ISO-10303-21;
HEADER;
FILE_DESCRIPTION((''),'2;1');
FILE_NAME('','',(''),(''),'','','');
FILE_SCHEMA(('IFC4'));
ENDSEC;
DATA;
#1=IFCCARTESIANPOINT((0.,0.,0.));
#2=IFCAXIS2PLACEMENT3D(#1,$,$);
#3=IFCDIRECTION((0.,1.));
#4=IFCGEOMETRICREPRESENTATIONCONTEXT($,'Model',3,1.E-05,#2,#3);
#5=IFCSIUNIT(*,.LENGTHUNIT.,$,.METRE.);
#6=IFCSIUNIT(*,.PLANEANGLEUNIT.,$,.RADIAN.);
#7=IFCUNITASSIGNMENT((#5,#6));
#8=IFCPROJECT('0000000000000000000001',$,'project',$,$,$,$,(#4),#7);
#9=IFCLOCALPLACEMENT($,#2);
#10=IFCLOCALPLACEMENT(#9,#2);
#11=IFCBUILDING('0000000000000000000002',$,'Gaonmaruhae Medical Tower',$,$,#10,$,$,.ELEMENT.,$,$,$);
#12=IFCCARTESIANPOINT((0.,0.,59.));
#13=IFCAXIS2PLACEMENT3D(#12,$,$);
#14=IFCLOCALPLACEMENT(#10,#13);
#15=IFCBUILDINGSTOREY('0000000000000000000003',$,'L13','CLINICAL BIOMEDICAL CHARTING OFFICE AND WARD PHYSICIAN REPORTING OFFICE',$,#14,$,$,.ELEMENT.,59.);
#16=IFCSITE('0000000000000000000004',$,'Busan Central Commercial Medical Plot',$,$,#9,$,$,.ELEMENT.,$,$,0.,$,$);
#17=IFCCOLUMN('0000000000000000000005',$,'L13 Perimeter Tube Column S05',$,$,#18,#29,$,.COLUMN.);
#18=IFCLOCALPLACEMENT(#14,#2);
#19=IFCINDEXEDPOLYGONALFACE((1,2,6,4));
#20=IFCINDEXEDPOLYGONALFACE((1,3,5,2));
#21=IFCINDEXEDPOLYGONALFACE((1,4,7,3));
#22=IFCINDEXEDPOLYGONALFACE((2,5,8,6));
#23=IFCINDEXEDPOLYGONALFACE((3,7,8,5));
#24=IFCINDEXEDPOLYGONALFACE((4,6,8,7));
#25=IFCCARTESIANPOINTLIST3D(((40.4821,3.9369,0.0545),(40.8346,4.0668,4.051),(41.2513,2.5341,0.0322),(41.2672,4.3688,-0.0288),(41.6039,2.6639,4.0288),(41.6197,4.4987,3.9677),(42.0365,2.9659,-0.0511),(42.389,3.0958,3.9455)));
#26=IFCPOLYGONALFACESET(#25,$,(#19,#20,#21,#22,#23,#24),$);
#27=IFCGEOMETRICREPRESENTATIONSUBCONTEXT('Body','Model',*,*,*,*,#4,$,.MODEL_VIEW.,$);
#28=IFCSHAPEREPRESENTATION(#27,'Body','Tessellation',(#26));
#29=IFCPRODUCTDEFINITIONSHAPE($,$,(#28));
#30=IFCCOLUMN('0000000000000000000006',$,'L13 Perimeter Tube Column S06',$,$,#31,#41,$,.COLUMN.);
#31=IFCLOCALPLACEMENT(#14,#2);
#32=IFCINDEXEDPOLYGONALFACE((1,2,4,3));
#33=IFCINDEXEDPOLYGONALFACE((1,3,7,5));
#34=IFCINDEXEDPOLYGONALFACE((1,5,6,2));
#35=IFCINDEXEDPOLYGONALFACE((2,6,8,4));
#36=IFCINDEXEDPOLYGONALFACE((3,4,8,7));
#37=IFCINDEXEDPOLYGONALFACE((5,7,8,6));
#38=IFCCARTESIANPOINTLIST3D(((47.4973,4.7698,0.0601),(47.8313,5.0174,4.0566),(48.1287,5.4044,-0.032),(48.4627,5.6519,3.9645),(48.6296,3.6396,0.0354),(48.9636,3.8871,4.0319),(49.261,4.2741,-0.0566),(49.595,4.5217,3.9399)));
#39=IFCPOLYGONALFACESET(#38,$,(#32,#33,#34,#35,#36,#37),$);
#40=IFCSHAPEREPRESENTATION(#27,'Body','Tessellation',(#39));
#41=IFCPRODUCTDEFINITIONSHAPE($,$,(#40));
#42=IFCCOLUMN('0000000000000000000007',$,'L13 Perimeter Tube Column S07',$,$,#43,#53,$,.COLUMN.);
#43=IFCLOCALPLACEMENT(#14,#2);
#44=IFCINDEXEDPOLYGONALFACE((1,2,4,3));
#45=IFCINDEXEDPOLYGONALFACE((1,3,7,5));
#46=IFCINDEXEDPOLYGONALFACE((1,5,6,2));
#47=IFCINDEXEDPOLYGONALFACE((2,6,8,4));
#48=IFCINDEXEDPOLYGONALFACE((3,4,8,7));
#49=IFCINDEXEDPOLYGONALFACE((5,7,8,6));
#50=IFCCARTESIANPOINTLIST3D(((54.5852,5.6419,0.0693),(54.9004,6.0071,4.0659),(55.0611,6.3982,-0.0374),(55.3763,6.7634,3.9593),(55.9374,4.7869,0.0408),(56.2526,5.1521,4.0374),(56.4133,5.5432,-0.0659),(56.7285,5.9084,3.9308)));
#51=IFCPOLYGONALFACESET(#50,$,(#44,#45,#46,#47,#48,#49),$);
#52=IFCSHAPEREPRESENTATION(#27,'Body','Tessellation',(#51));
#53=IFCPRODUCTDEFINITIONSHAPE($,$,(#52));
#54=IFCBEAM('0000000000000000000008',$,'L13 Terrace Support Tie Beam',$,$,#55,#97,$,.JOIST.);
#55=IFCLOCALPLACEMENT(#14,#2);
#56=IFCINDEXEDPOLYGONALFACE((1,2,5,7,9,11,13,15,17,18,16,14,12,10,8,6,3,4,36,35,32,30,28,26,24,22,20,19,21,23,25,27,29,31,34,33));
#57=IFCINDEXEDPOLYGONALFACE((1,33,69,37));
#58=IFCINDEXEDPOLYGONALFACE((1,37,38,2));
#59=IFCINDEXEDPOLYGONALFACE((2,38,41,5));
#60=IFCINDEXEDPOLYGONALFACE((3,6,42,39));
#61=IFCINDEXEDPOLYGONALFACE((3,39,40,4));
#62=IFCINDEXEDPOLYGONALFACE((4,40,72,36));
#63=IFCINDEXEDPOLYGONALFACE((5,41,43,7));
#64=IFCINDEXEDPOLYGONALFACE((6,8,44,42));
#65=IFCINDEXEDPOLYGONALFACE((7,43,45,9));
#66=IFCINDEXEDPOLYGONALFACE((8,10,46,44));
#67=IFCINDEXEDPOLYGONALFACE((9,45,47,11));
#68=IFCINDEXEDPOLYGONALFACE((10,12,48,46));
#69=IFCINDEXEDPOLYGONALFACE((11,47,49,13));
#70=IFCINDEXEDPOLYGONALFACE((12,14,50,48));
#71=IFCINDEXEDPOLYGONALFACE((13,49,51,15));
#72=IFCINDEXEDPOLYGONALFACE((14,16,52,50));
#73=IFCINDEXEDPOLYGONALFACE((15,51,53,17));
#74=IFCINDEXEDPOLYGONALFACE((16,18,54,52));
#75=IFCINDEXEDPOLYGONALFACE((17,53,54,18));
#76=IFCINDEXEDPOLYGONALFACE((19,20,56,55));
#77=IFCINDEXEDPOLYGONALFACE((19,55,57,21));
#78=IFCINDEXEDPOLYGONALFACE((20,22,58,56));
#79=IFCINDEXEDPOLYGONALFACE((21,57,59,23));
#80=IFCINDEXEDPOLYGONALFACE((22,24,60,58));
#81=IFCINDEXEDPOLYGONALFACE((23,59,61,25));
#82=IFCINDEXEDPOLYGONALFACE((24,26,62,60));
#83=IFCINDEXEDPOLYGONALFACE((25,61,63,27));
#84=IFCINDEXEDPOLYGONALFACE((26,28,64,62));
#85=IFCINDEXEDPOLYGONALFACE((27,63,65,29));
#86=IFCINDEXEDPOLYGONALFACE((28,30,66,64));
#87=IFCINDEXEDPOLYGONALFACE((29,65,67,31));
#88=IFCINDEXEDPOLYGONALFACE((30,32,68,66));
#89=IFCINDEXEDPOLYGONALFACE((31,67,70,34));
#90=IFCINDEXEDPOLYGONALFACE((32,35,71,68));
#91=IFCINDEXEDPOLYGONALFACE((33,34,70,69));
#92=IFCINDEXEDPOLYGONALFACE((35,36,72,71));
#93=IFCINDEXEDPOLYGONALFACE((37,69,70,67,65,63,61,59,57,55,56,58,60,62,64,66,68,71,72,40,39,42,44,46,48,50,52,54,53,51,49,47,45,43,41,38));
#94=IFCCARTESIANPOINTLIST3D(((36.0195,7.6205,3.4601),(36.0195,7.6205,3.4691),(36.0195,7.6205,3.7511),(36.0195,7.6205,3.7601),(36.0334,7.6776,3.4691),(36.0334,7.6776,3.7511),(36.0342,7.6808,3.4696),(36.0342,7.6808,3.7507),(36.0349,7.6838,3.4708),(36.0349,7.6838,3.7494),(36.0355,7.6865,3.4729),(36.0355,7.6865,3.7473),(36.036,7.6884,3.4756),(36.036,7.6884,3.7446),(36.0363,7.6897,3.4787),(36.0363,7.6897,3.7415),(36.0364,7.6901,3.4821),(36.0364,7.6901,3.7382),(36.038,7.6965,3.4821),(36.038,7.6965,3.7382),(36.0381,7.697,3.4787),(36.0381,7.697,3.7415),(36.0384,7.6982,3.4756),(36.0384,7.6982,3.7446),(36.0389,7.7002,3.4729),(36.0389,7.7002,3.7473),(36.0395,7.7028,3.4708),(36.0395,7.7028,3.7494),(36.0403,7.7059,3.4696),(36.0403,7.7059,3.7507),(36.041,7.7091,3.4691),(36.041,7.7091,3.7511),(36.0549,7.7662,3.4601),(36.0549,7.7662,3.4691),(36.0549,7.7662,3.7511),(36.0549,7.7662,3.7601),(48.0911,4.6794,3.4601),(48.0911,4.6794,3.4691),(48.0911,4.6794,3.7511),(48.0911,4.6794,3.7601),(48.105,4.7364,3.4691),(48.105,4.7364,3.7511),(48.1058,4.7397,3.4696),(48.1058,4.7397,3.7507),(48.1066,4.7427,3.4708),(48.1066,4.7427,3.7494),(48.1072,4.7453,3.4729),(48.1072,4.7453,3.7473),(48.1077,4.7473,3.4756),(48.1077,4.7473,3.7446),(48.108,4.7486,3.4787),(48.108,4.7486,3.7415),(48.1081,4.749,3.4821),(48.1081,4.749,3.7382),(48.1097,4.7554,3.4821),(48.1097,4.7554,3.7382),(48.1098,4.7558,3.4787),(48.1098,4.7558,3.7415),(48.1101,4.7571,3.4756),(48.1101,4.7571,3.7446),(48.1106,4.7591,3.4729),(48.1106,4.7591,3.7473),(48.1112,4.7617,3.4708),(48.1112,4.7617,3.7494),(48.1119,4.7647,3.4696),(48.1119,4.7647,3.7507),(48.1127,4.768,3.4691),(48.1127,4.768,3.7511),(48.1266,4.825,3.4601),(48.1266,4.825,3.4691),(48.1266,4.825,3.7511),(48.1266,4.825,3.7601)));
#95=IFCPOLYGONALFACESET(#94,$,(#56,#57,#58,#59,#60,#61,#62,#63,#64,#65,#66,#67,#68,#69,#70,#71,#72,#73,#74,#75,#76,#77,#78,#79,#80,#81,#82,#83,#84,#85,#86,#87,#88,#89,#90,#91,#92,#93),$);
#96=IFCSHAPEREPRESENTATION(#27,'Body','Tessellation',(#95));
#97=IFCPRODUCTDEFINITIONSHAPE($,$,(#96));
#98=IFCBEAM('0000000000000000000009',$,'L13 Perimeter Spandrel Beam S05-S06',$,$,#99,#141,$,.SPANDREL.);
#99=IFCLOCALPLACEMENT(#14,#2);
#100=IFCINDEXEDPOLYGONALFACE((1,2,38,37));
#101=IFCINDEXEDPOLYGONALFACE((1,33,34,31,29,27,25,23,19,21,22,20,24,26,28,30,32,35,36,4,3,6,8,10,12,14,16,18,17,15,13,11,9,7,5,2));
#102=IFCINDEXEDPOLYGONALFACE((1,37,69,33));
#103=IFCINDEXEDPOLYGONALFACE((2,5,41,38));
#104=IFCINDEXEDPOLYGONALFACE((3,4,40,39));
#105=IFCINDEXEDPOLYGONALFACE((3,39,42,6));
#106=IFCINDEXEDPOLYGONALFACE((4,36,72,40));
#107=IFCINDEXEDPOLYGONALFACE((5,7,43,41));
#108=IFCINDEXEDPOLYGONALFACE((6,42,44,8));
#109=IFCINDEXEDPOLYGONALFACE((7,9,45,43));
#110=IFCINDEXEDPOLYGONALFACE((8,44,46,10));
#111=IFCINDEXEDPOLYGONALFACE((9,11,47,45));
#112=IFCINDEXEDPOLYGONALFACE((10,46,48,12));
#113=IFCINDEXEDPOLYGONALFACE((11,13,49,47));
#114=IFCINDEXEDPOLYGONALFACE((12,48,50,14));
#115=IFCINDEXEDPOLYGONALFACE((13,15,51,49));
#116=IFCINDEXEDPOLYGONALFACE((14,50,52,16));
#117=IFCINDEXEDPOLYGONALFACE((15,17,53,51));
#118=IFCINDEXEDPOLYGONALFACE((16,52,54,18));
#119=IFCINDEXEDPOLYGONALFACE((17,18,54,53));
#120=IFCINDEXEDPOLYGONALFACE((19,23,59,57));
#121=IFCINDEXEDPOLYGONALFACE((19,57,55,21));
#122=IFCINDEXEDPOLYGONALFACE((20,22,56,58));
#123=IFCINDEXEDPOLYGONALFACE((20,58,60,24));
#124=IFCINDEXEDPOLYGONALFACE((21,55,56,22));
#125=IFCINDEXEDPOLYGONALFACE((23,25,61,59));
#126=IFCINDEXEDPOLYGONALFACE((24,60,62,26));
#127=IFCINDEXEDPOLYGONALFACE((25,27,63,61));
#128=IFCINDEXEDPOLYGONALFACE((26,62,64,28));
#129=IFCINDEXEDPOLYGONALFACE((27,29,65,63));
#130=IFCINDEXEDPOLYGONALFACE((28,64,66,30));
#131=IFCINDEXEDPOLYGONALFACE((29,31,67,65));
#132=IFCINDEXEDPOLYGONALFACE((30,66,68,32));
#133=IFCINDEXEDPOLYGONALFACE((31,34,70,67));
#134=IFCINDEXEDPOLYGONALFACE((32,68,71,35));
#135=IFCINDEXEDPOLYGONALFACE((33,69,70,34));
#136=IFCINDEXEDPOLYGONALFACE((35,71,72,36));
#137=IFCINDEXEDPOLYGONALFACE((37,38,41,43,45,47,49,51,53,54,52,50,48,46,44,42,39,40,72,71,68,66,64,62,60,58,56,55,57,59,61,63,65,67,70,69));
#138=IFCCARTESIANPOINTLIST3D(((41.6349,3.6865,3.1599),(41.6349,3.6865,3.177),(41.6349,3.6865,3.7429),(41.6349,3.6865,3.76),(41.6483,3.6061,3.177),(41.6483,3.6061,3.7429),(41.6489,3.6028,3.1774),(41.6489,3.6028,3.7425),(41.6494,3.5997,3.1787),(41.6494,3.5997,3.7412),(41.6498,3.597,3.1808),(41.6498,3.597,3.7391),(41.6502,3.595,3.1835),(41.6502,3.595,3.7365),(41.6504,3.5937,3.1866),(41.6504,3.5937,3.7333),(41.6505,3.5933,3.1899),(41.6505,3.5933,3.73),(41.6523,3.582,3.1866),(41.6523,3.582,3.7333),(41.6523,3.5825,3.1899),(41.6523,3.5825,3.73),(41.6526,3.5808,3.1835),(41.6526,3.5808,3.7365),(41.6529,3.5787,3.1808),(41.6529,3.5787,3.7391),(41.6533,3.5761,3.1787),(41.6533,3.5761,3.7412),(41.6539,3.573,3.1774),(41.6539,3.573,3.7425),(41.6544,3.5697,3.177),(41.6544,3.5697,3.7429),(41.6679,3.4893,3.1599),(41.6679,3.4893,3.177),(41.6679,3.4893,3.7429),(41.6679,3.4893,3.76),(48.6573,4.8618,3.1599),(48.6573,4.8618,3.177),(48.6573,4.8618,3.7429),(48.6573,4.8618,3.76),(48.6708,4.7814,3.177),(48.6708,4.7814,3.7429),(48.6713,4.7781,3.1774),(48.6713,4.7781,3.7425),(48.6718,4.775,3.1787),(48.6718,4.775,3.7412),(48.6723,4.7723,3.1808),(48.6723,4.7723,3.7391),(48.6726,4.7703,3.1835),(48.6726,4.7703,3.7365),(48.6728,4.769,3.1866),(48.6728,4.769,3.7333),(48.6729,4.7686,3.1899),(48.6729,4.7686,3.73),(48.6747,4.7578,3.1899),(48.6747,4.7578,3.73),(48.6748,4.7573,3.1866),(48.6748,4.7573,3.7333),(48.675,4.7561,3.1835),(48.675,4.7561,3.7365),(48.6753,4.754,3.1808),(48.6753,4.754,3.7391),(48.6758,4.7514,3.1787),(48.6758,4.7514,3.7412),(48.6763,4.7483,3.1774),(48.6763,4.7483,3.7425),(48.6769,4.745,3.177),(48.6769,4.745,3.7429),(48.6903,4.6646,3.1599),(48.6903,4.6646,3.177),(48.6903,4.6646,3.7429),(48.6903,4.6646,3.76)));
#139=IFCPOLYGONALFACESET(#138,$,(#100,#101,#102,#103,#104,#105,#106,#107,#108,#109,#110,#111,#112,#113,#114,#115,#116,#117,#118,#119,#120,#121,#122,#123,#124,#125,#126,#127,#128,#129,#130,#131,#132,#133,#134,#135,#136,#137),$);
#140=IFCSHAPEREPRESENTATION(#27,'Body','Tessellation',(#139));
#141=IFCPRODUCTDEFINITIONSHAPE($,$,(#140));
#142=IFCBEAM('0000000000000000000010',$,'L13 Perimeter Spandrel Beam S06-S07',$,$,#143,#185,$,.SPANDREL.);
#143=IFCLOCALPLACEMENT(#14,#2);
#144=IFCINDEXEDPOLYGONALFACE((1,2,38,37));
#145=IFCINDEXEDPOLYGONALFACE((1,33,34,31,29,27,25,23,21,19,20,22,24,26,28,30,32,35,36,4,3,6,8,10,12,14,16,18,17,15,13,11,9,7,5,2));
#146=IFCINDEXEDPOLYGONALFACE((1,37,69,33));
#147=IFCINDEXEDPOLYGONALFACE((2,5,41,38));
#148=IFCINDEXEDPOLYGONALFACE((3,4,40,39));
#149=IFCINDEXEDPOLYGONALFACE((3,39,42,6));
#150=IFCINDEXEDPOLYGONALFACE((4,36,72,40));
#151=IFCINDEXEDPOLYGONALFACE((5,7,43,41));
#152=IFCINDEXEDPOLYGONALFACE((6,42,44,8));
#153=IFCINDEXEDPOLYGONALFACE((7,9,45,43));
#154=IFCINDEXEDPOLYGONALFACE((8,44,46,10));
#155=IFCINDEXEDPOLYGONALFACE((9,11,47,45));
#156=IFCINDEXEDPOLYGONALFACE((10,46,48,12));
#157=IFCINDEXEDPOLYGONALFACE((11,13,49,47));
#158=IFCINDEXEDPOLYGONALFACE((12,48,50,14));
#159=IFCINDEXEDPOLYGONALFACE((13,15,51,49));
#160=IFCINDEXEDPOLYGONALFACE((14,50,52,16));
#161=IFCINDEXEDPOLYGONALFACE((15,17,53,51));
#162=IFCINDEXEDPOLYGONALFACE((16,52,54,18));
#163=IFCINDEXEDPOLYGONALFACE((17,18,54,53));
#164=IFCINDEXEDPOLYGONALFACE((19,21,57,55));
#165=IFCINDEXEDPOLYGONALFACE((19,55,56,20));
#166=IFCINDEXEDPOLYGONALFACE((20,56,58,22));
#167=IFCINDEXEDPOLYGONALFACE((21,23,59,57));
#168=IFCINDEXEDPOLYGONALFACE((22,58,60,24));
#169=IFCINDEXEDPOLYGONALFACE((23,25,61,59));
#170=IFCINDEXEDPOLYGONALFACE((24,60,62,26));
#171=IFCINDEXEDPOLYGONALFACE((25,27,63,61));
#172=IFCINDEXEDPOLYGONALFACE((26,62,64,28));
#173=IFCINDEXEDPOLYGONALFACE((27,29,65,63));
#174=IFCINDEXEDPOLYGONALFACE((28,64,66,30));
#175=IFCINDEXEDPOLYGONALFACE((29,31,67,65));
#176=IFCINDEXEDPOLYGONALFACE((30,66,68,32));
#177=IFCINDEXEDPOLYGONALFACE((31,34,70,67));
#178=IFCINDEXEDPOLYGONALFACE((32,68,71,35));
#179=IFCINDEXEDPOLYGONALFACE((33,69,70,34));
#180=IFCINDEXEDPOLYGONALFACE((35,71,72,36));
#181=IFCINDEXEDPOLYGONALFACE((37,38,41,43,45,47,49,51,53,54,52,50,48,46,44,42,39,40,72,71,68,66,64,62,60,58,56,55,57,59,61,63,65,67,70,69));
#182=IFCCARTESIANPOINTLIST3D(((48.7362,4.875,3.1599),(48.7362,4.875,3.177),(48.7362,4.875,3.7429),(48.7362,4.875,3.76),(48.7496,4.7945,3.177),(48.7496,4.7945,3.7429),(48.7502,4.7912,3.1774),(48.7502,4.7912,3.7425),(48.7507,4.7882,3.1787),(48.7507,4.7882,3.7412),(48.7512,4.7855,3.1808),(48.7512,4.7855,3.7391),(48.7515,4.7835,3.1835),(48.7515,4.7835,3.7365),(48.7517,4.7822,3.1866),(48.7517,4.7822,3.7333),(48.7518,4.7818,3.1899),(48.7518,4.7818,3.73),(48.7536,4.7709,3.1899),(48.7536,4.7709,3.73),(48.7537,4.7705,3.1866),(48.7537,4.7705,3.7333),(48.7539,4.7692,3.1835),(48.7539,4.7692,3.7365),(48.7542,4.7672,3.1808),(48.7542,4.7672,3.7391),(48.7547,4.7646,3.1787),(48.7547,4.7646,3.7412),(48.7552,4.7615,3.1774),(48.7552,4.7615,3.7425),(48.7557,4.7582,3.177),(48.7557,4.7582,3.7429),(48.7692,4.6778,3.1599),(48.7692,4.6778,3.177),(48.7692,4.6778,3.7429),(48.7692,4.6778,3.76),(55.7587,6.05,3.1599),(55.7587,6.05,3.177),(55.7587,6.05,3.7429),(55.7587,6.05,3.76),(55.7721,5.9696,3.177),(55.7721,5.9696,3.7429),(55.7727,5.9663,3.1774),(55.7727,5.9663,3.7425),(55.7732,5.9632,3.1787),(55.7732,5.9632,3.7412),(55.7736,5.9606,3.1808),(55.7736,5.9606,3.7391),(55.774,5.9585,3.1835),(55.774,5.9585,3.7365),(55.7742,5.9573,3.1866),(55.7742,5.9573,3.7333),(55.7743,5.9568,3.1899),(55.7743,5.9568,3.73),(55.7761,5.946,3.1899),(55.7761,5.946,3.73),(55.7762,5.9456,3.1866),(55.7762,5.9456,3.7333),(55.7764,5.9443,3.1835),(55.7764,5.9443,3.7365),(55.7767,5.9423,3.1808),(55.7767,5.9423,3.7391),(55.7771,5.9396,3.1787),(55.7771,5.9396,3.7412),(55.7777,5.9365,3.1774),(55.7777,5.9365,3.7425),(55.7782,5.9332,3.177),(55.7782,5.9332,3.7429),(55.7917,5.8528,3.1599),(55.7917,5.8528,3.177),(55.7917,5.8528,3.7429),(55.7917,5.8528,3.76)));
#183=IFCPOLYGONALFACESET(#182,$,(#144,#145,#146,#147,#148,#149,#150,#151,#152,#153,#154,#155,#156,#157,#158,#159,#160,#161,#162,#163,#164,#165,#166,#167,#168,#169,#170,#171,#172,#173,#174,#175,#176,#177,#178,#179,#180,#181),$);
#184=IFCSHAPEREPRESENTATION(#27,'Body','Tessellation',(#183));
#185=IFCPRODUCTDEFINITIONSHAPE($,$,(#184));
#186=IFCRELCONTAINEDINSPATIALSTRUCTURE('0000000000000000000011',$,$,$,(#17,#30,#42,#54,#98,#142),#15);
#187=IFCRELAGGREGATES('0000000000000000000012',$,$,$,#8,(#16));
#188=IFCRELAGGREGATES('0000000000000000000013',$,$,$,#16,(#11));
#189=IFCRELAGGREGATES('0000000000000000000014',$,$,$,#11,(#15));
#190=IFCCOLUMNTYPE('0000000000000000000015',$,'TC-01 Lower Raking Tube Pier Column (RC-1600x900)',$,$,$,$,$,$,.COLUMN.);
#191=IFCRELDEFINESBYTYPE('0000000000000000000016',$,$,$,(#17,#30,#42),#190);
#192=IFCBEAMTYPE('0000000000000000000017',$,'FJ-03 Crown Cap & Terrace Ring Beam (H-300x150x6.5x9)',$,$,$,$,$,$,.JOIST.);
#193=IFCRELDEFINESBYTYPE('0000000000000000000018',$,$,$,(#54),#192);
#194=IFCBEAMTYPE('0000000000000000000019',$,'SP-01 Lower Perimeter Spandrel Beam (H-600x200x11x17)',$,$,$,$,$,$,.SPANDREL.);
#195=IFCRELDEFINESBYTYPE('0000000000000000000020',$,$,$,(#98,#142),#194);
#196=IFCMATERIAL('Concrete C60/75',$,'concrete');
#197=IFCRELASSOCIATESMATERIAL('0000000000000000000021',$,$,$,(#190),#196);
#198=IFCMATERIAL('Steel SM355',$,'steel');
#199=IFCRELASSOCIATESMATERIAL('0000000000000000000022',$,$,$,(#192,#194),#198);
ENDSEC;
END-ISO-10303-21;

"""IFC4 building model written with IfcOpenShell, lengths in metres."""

from ifc_helpers import new_model, si_unit, direction, frame, origin, origin_2d, place, context, subcontext, project, spatial, rectangle, i_section, extrude, material, material_profile, profile_set, type_object, element, save


model = new_model("IFC4")

# Units and contexts
model_context = context("Model", 3, precision=1e-05, world=origin(), true_north=direction((0.0, 1.0)))
body_context = subcontext(model_context, "Body", "Model", "MODEL_VIEW")
ifc_project = project(units=[si_unit("LENGTHUNIT", "METRE"), si_unit("PLANEANGLEUNIT", "RADIAN")], contexts=[model_context])

# Site, building, storey
site_placement = place(None, origin())
site = spatial("IfcSite", under=ifc_project, at=site_placement, Name="Busan Central Commercial Medical Plot", CompositionType="ELEMENT", RefElevation=0.0)
building_placement = place(site_placement, origin())
building = spatial("IfcBuilding", under=site, at=building_placement, Name="Gaonmaruhae Medical Tower", CompositionType="ELEMENT")
storey_placement = place(building_placement, frame((0.0, 0.0, 59.0)))
storey = spatial("IfcBuildingStorey", under=building, at=storey_placement, Name="L13", Description="CLINICAL BIOMEDICAL CHARTING OFFICE AND WARD PHYSICIAN REPORTING OFFICE", CompositionType="ELEMENT", Elevation=59.0)

# Columns
ifc_material_1 = material(Name="Concrete C60/75", Category="concrete")
ifc_material_profile_1 = material_profile(ifc_material_1, rectangle(XDim=1.6001, YDim=0.8999, at=origin_2d()), Name="RC-1600x900")
ifc_profile_set_1 = profile_set([ifc_material_profile_1], Name="Concrete C60/75")
column_type = type_object("IfcColumnType", Name="TC-01 Lower Raking Tube Pier Column (RC-1600x900)", PredefinedType="COLUMN", material=ifc_profile_set_1)
column_1_placement = place(storey_placement, frame((41.2593, 3.4514, 0.0017), z_axis=(0.087823, 0.032356, 0.99561), x_axis=(-0.480757, 0.876744, 0.013915)))
element("IfcColumn", 1, at=column_1_placement, inside=storey, type_object=column_type, Name="L13 Perimeter Tube Column S05", PredefinedType="COLUMN", context=body_context, shape_type="SweptSolid", body=[
    extrude(rectangle(XDim=1.6001, YDim=0.8999, at=origin_2d()), origin(), (0.0, 0.0, 1.0), 4.0142),
])
column_2_placement = place(storey_placement, frame((48.3792, 4.522, 0.0017), z_axis=(0.083119, 0.06161, 0.994633), x_axis=(-0.70766, 0.706385, 0.015382)))
element("IfcColumn", 2, at=column_2_placement, inside=storey, type_object=column_type, Name="L13 Perimeter Tube Column S06", PredefinedType="COLUMN", context=body_context, shape_type="SweptSolid", body=[
    extrude(rectangle(XDim=1.6001, YDim=0.8999, at=origin_2d()), origin(), (0.0, 0.0, 1.0), 4.0181),
])
column_3_placement = place(storey_placement, frame((55.4993, 5.5925, 0.0017), z_axis=(0.078295, 0.090728, 0.992793), x_axis=(-0.845092, 0.534324, 0.017817)))
element("IfcColumn", 3, at=column_3_placement, inside=storey, type_object=column_type, Name="L13 Perimeter Tube Column S07", PredefinedType="COLUMN", context=body_context, shape_type="SweptSolid", body=[
    extrude(rectangle(XDim=1.6001, YDim=0.8999, at=origin_2d()), origin(), (0.0, 0.0, 1.0), 4.0256),
])

# Beams
ifc_material_2 = material(Name="Steel SM355", Category="steel")
ifc_material_profile_2 = material_profile(ifc_material_2, i_section(OverallWidth=0.1499, OverallDepth=0.3, WebThickness=0.0066, FlangeThickness=0.009, FilletRadius=0.0129, at=origin_2d()), Name="H-300x150x6.5x9")
ifc_profile_set_2 = profile_set([ifc_material_profile_2], Name="Steel SM355")
beam_type_1 = type_object("IfcBeamType", Name="FJ-03 Crown Cap & Terrace Ring Beam (H-300x150x6.5x9)", PredefinedType="JOIST", material=ifc_profile_set_2)
beam_placement = place(storey_placement, frame((48.1089, 4.7522, 3.6101), z_axis=(-0.971579, 0.236715, 0.0), x_axis=(-0.236715, -0.971579, 0.0)))
element("IfcBeam", 4, at=beam_placement, inside=storey, type_object=beam_type_1, Name="L13 Terrace Support Tie Beam", PredefinedType="JOIST", context=body_context, shape_type="SweptSolid", body=[
    extrude(i_section(OverallWidth=0.1499, OverallDepth=0.3, WebThickness=0.0066, FlangeThickness=0.009, FilletRadius=0.0129, at=origin_2d()), origin(), (0.0, 0.0, 1.0), 12.4248),
])
ifc_material_profile_3 = material_profile(ifc_material_2, i_section(OverallWidth=0.2, OverallDepth=0.6001, WebThickness=0.011, FlangeThickness=0.0171, FilletRadius=0.0129, at=origin_2d()), Name="H-600x200x11x17")
ifc_profile_set_3 = profile_set([ifc_material_profile_3], Name="Steel SM355")
beam_type_2 = type_object("IfcBeamType", Name="SP-01 Lower Perimeter Spandrel Beam (H-600x200x11x17)", PredefinedType="SPANDREL", material=ifc_profile_set_3)
for number, where, z_axis, x_axis, name in (
    (5, (41.6514, 3.5879, 3.46), (0.986282, 0.165066, 0.0), (-0.165066, 0.986282, 0.0), "L13 Perimeter Spandrel Beam S05-S06"),
    (6, (48.7527, 4.7764, 3.46), (0.986288, 0.165033, 0.0), (-0.165033, 0.986288, 0.0), "L13 Perimeter Spandrel Beam S06-S07"),
):
    element("IfcBeam", number, at=place(storey_placement, frame(where, z_axis=z_axis, x_axis=x_axis)), inside=storey, type_object=beam_type_2, Name=name, PredefinedType="SPANDREL", context=body_context, shape_type="SweptSolid", body=[
        extrude(i_section(OverallWidth=0.2, OverallDepth=0.6001, WebThickness=0.011, FlangeThickness=0.0171, FilletRadius=0.0129, at=origin_2d()), origin(), (0.0, 0.0, 1.0), 7.1201),
    ])

save(model, "model.ifc")
